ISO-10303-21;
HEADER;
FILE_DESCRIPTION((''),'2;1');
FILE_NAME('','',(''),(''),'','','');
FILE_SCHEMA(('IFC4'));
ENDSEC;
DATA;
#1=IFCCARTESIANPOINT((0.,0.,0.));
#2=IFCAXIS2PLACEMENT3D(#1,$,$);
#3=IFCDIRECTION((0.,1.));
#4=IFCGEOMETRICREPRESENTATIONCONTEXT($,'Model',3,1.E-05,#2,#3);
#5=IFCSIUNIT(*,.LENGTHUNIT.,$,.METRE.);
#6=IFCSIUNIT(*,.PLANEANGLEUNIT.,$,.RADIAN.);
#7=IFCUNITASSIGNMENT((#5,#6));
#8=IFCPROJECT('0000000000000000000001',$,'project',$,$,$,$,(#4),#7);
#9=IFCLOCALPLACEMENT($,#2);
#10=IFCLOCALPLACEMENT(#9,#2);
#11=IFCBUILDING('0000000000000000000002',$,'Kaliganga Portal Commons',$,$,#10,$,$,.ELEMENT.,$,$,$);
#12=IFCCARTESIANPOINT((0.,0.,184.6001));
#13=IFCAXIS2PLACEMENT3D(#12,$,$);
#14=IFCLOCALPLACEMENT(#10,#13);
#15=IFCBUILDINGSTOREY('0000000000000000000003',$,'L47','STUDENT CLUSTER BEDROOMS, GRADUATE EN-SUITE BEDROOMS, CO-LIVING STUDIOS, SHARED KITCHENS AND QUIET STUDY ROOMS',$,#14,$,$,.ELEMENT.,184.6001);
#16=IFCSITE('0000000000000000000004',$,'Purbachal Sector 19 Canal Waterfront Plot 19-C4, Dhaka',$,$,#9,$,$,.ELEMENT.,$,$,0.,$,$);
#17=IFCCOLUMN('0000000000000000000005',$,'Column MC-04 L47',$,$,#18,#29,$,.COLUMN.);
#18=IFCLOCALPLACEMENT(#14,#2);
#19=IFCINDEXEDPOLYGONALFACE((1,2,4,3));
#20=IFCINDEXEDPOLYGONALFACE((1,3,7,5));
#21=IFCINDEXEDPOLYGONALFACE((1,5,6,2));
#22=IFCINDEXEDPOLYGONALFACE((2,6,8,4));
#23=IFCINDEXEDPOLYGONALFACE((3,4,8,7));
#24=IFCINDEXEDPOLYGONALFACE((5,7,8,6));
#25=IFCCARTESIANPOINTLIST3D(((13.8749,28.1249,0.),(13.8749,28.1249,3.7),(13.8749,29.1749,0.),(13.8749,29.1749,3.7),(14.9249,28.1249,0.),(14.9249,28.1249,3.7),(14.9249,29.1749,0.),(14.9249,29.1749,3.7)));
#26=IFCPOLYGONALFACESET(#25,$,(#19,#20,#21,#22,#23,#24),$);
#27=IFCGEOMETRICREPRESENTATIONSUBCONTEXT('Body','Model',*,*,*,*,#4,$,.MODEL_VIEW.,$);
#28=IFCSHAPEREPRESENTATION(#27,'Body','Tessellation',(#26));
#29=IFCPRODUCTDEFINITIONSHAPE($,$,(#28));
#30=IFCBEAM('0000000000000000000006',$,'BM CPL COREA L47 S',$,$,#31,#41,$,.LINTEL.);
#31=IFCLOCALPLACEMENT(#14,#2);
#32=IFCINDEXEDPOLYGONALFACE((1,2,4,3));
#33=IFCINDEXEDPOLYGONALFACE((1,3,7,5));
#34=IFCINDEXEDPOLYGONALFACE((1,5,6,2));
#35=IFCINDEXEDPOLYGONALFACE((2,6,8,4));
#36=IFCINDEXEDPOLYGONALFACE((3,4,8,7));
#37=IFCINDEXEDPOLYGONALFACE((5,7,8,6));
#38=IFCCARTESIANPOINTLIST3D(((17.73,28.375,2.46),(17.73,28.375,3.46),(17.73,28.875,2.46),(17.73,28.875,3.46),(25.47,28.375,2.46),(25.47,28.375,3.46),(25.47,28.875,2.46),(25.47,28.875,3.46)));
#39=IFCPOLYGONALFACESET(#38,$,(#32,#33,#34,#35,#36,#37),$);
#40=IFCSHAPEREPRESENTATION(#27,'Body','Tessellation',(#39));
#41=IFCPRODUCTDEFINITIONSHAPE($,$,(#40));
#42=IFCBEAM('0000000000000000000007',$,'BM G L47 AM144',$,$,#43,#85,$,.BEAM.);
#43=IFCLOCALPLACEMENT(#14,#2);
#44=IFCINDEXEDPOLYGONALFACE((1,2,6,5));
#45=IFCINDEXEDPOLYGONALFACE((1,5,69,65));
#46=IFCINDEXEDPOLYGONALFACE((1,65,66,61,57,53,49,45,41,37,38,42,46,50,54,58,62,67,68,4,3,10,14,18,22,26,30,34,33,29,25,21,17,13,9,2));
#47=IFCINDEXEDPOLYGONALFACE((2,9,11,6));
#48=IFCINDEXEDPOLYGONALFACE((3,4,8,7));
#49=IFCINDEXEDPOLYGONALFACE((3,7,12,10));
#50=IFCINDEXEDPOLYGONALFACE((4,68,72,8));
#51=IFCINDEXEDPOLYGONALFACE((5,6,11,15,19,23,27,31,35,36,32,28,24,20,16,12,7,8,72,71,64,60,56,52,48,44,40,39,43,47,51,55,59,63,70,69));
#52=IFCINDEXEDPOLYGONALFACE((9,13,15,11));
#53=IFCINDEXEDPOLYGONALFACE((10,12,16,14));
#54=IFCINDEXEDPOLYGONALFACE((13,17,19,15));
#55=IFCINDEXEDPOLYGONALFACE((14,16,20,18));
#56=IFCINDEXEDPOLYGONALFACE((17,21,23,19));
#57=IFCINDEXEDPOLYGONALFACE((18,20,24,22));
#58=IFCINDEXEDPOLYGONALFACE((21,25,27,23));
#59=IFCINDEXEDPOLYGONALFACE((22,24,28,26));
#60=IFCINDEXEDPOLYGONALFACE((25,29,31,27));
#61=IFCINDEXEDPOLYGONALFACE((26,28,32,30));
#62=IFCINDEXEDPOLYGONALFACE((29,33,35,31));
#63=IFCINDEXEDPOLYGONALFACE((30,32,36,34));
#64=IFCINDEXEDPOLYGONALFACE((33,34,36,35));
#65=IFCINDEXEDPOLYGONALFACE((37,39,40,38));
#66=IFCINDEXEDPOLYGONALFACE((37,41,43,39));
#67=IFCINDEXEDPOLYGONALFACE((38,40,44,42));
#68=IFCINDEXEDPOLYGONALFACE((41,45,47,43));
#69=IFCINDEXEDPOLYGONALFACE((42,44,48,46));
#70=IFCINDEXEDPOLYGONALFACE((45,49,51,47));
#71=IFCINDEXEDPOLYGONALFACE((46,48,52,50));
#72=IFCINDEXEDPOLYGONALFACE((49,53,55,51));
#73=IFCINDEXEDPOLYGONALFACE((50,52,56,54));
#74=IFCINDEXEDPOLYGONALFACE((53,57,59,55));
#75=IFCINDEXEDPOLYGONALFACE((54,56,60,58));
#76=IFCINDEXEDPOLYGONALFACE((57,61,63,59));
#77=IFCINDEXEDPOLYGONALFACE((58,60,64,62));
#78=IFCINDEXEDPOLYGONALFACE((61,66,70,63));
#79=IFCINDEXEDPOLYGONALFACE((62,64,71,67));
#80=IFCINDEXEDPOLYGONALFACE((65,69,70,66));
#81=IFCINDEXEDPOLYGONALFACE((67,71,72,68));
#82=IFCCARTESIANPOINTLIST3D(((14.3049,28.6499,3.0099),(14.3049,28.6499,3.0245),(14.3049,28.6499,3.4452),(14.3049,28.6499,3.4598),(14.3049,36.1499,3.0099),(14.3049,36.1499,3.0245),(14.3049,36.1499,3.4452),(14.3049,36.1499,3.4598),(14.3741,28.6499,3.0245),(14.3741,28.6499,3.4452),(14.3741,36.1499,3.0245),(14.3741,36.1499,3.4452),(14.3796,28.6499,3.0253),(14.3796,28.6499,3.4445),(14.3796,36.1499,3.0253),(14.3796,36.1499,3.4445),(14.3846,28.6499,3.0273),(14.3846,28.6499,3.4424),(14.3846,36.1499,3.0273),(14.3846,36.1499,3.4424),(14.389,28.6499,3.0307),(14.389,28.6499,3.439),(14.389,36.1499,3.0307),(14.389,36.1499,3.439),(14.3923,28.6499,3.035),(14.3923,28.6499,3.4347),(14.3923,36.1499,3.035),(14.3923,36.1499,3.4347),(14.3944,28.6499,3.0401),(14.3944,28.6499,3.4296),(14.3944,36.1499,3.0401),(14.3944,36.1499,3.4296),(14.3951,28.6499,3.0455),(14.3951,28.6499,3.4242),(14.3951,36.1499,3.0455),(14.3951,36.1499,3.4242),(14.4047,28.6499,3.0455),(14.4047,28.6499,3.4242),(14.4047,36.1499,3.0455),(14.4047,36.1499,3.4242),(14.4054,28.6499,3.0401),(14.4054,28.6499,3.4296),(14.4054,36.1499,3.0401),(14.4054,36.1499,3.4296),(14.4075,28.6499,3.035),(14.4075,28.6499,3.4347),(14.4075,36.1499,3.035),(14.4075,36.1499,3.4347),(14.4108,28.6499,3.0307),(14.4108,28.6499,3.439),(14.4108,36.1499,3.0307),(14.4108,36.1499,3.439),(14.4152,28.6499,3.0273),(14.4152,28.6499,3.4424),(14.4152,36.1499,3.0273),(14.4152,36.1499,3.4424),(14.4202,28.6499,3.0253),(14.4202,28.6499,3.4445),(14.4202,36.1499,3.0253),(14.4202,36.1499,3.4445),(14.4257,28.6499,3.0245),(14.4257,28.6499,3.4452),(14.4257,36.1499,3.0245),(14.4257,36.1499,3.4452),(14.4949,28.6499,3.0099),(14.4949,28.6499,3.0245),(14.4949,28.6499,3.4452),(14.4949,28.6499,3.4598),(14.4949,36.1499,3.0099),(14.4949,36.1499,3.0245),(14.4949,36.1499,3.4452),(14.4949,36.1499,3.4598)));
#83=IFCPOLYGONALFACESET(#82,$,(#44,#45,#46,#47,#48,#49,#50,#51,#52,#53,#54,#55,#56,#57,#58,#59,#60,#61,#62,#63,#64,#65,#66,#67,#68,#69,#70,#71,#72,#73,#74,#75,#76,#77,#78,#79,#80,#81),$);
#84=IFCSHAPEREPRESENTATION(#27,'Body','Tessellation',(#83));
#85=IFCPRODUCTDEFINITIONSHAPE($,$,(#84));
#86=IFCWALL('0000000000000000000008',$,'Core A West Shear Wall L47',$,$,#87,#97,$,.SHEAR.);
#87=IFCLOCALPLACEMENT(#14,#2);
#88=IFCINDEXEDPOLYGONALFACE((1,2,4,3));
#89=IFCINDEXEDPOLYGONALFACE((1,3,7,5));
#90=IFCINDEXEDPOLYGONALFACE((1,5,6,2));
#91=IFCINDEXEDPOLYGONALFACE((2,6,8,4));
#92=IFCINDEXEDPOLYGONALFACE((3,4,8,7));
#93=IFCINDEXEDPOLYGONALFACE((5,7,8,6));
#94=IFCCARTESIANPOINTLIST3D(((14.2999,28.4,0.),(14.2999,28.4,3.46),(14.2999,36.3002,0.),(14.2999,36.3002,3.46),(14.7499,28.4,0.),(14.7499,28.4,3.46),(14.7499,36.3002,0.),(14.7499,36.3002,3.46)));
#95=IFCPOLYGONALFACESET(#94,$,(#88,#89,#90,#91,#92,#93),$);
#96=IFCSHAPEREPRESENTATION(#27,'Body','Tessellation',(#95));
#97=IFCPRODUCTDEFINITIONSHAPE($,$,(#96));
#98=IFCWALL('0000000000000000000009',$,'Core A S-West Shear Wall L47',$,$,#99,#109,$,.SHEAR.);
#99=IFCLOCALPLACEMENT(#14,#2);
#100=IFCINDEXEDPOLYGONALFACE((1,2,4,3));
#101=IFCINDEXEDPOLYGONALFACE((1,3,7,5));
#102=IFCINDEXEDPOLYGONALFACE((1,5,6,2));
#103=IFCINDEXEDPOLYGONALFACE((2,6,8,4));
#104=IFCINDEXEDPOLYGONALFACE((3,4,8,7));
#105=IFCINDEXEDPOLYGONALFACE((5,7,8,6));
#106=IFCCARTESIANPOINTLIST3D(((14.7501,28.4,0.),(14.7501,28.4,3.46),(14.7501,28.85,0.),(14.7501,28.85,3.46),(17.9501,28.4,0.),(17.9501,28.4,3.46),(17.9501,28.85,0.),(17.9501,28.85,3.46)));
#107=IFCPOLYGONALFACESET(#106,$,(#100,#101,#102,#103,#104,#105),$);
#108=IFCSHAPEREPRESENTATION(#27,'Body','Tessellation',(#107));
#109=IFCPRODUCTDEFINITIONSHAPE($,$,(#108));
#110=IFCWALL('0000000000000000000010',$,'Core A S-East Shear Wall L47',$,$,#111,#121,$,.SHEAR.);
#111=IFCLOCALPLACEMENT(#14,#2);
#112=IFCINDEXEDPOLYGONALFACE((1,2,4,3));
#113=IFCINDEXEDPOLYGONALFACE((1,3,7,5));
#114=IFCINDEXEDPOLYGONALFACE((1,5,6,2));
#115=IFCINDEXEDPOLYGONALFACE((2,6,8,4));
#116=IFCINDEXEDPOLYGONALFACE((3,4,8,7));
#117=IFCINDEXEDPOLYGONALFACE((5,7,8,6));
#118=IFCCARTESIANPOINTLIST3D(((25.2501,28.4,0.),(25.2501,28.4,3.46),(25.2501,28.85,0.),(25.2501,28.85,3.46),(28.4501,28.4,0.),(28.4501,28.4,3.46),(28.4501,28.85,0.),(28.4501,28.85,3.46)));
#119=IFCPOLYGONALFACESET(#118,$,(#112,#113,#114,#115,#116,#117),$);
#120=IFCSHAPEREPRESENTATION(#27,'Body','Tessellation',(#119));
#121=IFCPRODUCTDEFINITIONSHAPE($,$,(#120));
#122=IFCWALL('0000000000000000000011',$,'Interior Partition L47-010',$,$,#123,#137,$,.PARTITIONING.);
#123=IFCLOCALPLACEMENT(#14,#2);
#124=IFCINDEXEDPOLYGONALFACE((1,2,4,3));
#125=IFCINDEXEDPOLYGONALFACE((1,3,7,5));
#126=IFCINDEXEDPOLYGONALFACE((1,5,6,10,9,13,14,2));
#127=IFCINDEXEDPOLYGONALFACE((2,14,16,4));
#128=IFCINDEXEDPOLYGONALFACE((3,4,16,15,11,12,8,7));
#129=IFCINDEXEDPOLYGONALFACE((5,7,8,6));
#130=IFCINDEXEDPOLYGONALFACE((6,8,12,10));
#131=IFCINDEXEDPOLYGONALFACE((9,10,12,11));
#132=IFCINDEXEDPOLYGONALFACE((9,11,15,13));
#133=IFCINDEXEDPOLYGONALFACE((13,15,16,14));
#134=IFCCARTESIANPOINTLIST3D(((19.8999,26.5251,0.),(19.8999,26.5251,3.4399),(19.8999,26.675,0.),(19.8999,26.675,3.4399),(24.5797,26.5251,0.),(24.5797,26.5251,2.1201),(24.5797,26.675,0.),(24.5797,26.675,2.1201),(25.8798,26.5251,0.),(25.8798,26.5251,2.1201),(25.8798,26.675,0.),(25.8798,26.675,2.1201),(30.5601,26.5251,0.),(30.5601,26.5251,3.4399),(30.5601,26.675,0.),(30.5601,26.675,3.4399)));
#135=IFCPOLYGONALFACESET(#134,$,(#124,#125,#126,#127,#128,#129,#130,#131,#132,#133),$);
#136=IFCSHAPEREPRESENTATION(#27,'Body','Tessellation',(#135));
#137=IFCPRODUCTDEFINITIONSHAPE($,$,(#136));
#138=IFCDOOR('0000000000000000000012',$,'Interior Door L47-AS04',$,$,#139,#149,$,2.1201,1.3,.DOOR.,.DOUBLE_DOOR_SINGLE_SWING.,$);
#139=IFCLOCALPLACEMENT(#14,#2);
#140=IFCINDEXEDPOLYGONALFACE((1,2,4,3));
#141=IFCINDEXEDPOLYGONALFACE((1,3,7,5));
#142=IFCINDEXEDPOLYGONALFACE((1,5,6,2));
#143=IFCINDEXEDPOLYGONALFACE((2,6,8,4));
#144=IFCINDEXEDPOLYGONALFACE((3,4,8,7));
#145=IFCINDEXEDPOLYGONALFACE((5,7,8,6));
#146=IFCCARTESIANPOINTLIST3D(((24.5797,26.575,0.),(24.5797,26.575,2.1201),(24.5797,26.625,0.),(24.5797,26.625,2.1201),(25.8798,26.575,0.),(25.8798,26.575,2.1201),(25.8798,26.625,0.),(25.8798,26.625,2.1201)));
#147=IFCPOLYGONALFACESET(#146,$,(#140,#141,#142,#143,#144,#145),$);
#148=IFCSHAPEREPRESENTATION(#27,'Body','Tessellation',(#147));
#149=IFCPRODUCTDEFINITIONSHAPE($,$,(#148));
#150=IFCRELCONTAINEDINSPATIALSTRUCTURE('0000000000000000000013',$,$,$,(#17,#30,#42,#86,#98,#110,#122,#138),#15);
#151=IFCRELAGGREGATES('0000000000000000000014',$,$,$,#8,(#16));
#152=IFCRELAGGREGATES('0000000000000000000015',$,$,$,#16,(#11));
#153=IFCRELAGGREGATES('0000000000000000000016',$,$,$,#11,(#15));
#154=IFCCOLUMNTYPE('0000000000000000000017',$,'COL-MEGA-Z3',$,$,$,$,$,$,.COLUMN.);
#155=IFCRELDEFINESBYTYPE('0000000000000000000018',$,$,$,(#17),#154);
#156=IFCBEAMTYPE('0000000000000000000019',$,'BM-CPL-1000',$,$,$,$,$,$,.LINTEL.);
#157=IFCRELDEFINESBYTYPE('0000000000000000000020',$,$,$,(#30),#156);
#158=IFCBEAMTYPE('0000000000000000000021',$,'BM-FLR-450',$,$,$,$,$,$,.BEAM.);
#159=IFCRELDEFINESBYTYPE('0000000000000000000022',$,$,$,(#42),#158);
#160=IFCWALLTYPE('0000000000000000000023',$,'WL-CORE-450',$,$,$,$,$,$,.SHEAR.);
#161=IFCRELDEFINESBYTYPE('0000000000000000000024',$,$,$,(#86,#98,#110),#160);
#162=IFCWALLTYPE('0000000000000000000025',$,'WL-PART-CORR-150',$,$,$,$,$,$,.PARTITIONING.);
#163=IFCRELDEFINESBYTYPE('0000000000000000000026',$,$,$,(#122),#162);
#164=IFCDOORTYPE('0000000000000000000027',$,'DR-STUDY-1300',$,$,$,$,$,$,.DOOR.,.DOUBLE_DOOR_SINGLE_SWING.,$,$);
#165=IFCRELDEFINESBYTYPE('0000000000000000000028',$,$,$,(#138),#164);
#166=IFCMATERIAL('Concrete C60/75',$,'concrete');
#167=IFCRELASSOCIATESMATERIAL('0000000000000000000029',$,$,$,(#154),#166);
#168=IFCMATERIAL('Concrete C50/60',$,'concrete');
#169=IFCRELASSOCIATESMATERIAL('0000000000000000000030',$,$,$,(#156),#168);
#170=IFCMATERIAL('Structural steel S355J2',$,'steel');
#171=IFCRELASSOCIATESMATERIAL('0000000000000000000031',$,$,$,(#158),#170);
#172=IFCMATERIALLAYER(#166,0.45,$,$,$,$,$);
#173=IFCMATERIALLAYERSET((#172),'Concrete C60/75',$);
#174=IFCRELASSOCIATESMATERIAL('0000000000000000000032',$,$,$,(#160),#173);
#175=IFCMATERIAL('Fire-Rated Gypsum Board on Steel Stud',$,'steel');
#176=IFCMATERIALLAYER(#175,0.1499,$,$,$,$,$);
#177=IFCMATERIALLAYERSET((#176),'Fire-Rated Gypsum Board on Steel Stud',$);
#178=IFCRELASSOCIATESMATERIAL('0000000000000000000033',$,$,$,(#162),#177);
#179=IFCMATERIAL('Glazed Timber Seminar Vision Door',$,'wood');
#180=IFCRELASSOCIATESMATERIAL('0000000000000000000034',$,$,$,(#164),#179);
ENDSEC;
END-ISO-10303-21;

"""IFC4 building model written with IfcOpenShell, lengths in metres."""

from ifc_helpers import new_model, si_unit, direction, frame, frame_2d, origin, origin_2d, place, context, subcontext, project, spatial, rectangle, i_section, extrude, source, transform, mapped, material, layer, layer_set, material_profile, profile_set, type_object, element, fill, save


model = new_model("IFC4")

# Units and contexts
model_context = context("Model", 3, precision=1e-05, world=origin(), true_north=direction((0.0, 1.0)))
body_context = subcontext(model_context, "Body", "Model", "MODEL_VIEW")
ifc_project = project(units=[si_unit("LENGTHUNIT", "METRE"), si_unit("PLANEANGLEUNIT", "RADIAN")], contexts=[model_context])

# Site, building, storey
site_placement = place(None, origin())
site = spatial("IfcSite", under=ifc_project, at=site_placement, Name="Purbachal Sector 19 Canal Waterfront Plot 19-C4, Dhaka", CompositionType="ELEMENT", RefElevation=0.0)
building_placement = place(site_placement, origin())
building = spatial("IfcBuilding", under=site, at=building_placement, Name="Kaliganga Portal Commons", CompositionType="ELEMENT")
storey_placement = place(building_placement, frame((0.0, 0.0, 184.6001)))
storey = spatial("IfcBuildingStorey", under=building, at=storey_placement, Name="L47", Description="STUDENT CLUSTER BEDROOMS, GRADUATE EN-SUITE BEDROOMS, CO-LIVING STUDIOS, SHARED KITCHENS AND QUIET STUDY ROOMS", CompositionType="ELEMENT", Elevation=184.6001)

# Column
ifc_material_1 = material(Name="Concrete C60/75", Category="concrete")
ifc_material_profile_1 = material_profile(ifc_material_1, rectangle(XDim=1.05, YDim=1.05, at=origin_2d()), Name="RC 1050x1050")
ifc_profile_set_1 = profile_set([ifc_material_profile_1], Name="Concrete C60/75")
column_type = type_object("IfcColumnType", Name="COL-MEGA-Z3", PredefinedType="COLUMN", material=ifc_profile_set_1)
shared_shape_1 = source(origin(), body_context, "Body", "SweptSolid", [
    extrude(rectangle(XDim=1.05, YDim=1.05, at=origin_2d()), origin(), (0.0, 0.0, 1.0), 3.7),
])
column_placement = place(storey_placement, frame((14.3999, 28.6499, 0.0), z_axis=(0.0, 0.0, 1.0), x_axis=(1.0, 0.0, 0.0)))
element("IfcColumn", 1, at=column_placement, inside=storey, type_object=column_type, Name="Column MC-04 L47", PredefinedType="COLUMN", context=body_context, shape_type="MappedRepresentation", body=[
    mapped(shared_shape_1, transform((0.0, 0.0, 0.0), x_axis=(1.0, 0.0, 0.0), y_axis=(0.0, 1.0, 0.0), z_axis=(0.0, 0.0, 1.0), scale=1.0)),
])

# Beams
ifc_material_2 = material(Name="Concrete C50/60", Category="concrete")
ifc_material_profile_2 = material_profile(ifc_material_2, rectangle(XDim=0.5, YDim=1.0, at=origin_2d()), Name="RC 500x1000")
ifc_profile_set_2 = profile_set([ifc_material_profile_2], Name="Concrete C50/60")
beam_type_1 = type_object("IfcBeamType", Name="BM-CPL-1000", PredefinedType="LINTEL", material=ifc_profile_set_2)
shared_shape_2 = source(origin(), body_context, "Body", "SweptSolid", [
    extrude(rectangle(XDim=0.5, YDim=1.0, at=origin_2d()), origin(), (0.0, 0.0, 1.0), 7.74),
])
beam_1_placement = place(storey_placement, frame((17.73, 28.625, 2.96), z_axis=(1.0, 0.0, 0.0), x_axis=(0.0, 1.0, 0.0)))
element("IfcBeam", 2, at=beam_1_placement, inside=storey, type_object=beam_type_1, Name="BM CPL COREA L47 S", PredefinedType="LINTEL", context=body_context, shape_type="MappedRepresentation", body=[
    mapped(shared_shape_2, transform((0.0, 0.0, 0.0), x_axis=(1.0, 0.0, 0.0), y_axis=(0.0, 1.0, 0.0), z_axis=(0.0, 0.0, 1.0), scale=1.0)),
])
ifc_material_3 = material(Name="Structural steel S355J2", Category="steel")
ifc_material_profile_3 = material_profile(ifc_material_3, i_section(OverallWidth=0.1899, OverallDepth=0.45, WebThickness=0.0095, FlangeThickness=0.0146, FilletRadius=0.021, at=origin_2d()), Name="IPE 450")
ifc_profile_set_3 = profile_set([ifc_material_profile_3], Name="Structural steel S355J2 wide-flange")
beam_type_2 = type_object("IfcBeamType", Name="BM-FLR-450", PredefinedType="BEAM", material=ifc_profile_set_3)
shared_shape_3 = source(origin(), body_context, "Body", "SweptSolid", [
    extrude(i_section(OverallWidth=0.1899, OverallDepth=0.45, WebThickness=0.0095, FlangeThickness=0.0146, FilletRadius=0.021, at=origin_2d()), origin(), (0.0, 0.0, 1.0), 7.5),
])
beam_2_placement = place(storey_placement, frame((14.3999, 28.6499, 3.2349), z_axis=(0.0, 1.0, 0.0), x_axis=(-1.0, 0.0, 0.0)))
element("IfcBeam", 3, at=beam_2_placement, inside=storey, type_object=beam_type_2, Name="BM G L47 AM144", PredefinedType="BEAM", context=body_context, shape_type="MappedRepresentation", body=[
    mapped(shared_shape_3, transform((0.0, 0.0, 0.0), x_axis=(1.0, 0.0, 0.0), y_axis=(0.0, 1.0, 0.0), z_axis=(0.0, 0.0, 1.0), scale=1.0)),
])

# Walls
ifc_layer_1 = layer(ifc_material_1, 0.45)
ifc_layer_set_1 = layer_set([ifc_layer_1], Name="Concrete C60/75")
wall_type_1 = type_object("IfcWallType", Name="WL-CORE-450", PredefinedType="SHEAR", material=ifc_layer_set_1)
wall_1_placement = place(storey_placement, frame((14.5249, 28.3999, 0.0), z_axis=(0.0, 0.0, 1.0), x_axis=(0.0, 1.0, 0.0)))
element("IfcWall", 4, at=wall_1_placement, inside=storey, type_object=wall_type_1, Name="Core A West Shear Wall L47", PredefinedType="SHEAR", context=body_context, shape_type="SweptSolid", body=[
    extrude(rectangle(XDim=7.9001, YDim=0.45, at=frame_2d((3.9502, 0.0))), origin(), (0.0, 0.0, 1.0), 3.46),
])
for number, where, z_axis, x_axis, name in (
    (5, (14.75, 28.625, 0.0), (0.0, 0.0, 1.0), (1.0, 0.0, 0.0), "Core A S-West Shear Wall L47"),
    (6, (25.25, 28.625, 0.0), (0.0, 0.0, 1.0), (1.0, 0.0, 0.0), "Core A S-East Shear Wall L47"),
):
    element("IfcWall", number, at=place(storey_placement, frame(where, z_axis=z_axis, x_axis=x_axis)), inside=storey, type_object=wall_type_1, Name=name, PredefinedType="SHEAR", context=body_context, shape_type="SweptSolid", body=[
        extrude(rectangle(XDim=3.2, YDim=0.45, at=frame_2d((1.6001, 0.0))), origin(), (0.0, 0.0, 1.0), 3.46),
    ])

# Wall, opening, door
ifc_material_4 = material(Name="Fire-Rated Gypsum Board on Steel Stud", Category="steel")
ifc_layer_2 = layer(ifc_material_4, 0.1499)
ifc_layer_set_2 = layer_set([ifc_layer_2], Name="Fire-Rated Gypsum Board on Steel Stud")
wall_type_2 = type_object("IfcWallType", Name="WL-PART-CORR-150", PredefinedType="PARTITIONING", material=ifc_layer_set_2)
wall_2_placement = place(storey_placement, frame((19.8999, 26.6001, 0.0), z_axis=(0.0, 0.0, 1.0), x_axis=(1.0, 0.0, 0.0)))
wall_2 = element("IfcWall", 7, at=wall_2_placement, inside=storey, type_object=wall_type_2, Name="Interior Partition L47-010", PredefinedType="PARTITIONING", context=body_context, shape_type="SweptSolid", body=[
    extrude(rectangle(XDim=10.6602, YDim=0.1499, at=frame_2d((5.3301, 0.0))), origin(), (0.0, 0.0, 1.0), 3.4399),
])
opening_1_placement = place(wall_2_placement, frame((4.6799, 0.0, 0.0)))
opening_1 = element("IfcOpeningElement", 8, at=opening_1_placement, cuts=wall_2, PredefinedType="OPENING", context=body_context, shape_type="SweptSolid", body=[
    extrude(rectangle(XDim=1.3, YDim=2.1201, at=frame_2d((0.6499, 1.0601))), frame((0.0, 0.085, 0.0), z_axis=(0.0, -1.0, 0.0), x_axis=(1.0, 0.0, 0.0)), (0.0, 0.0, 1.0), 0.1699),
])
ifc_material_5 = material(Name="Glazed Timber Seminar Vision Door", Category="wood")
door_type_1 = type_object("IfcDoorType", Name="DR-STUDY-1300", OperationType="DOUBLE_DOOR_SINGLE_SWING", PredefinedType="DOOR", material=ifc_material_5)
door_1_placement = place(opening_1_placement, origin())
door_1 = element("IfcDoor", 9, at=door_1_placement, inside=storey, type_object=door_type_1, Name="Interior Door L47-AS04", OperationType="DOUBLE_DOOR_SINGLE_SWING", OverallHeight=2.1201, OverallWidth=1.3, PredefinedType="DOOR", context=body_context, shape_type="SweptSolid", body=[
    extrude(rectangle(XDim=1.3, YDim=2.1201, at=frame_2d((0.6499, 1.0601))), frame((0.0, 0.0249, 0.0), z_axis=(0.0, -1.0, 0.0), x_axis=(1.0, 0.0, 0.0)), (0.0, 0.0, 1.0), 0.05),
])
fill(opening_1, door_1)

save(model, "model.ifc")
